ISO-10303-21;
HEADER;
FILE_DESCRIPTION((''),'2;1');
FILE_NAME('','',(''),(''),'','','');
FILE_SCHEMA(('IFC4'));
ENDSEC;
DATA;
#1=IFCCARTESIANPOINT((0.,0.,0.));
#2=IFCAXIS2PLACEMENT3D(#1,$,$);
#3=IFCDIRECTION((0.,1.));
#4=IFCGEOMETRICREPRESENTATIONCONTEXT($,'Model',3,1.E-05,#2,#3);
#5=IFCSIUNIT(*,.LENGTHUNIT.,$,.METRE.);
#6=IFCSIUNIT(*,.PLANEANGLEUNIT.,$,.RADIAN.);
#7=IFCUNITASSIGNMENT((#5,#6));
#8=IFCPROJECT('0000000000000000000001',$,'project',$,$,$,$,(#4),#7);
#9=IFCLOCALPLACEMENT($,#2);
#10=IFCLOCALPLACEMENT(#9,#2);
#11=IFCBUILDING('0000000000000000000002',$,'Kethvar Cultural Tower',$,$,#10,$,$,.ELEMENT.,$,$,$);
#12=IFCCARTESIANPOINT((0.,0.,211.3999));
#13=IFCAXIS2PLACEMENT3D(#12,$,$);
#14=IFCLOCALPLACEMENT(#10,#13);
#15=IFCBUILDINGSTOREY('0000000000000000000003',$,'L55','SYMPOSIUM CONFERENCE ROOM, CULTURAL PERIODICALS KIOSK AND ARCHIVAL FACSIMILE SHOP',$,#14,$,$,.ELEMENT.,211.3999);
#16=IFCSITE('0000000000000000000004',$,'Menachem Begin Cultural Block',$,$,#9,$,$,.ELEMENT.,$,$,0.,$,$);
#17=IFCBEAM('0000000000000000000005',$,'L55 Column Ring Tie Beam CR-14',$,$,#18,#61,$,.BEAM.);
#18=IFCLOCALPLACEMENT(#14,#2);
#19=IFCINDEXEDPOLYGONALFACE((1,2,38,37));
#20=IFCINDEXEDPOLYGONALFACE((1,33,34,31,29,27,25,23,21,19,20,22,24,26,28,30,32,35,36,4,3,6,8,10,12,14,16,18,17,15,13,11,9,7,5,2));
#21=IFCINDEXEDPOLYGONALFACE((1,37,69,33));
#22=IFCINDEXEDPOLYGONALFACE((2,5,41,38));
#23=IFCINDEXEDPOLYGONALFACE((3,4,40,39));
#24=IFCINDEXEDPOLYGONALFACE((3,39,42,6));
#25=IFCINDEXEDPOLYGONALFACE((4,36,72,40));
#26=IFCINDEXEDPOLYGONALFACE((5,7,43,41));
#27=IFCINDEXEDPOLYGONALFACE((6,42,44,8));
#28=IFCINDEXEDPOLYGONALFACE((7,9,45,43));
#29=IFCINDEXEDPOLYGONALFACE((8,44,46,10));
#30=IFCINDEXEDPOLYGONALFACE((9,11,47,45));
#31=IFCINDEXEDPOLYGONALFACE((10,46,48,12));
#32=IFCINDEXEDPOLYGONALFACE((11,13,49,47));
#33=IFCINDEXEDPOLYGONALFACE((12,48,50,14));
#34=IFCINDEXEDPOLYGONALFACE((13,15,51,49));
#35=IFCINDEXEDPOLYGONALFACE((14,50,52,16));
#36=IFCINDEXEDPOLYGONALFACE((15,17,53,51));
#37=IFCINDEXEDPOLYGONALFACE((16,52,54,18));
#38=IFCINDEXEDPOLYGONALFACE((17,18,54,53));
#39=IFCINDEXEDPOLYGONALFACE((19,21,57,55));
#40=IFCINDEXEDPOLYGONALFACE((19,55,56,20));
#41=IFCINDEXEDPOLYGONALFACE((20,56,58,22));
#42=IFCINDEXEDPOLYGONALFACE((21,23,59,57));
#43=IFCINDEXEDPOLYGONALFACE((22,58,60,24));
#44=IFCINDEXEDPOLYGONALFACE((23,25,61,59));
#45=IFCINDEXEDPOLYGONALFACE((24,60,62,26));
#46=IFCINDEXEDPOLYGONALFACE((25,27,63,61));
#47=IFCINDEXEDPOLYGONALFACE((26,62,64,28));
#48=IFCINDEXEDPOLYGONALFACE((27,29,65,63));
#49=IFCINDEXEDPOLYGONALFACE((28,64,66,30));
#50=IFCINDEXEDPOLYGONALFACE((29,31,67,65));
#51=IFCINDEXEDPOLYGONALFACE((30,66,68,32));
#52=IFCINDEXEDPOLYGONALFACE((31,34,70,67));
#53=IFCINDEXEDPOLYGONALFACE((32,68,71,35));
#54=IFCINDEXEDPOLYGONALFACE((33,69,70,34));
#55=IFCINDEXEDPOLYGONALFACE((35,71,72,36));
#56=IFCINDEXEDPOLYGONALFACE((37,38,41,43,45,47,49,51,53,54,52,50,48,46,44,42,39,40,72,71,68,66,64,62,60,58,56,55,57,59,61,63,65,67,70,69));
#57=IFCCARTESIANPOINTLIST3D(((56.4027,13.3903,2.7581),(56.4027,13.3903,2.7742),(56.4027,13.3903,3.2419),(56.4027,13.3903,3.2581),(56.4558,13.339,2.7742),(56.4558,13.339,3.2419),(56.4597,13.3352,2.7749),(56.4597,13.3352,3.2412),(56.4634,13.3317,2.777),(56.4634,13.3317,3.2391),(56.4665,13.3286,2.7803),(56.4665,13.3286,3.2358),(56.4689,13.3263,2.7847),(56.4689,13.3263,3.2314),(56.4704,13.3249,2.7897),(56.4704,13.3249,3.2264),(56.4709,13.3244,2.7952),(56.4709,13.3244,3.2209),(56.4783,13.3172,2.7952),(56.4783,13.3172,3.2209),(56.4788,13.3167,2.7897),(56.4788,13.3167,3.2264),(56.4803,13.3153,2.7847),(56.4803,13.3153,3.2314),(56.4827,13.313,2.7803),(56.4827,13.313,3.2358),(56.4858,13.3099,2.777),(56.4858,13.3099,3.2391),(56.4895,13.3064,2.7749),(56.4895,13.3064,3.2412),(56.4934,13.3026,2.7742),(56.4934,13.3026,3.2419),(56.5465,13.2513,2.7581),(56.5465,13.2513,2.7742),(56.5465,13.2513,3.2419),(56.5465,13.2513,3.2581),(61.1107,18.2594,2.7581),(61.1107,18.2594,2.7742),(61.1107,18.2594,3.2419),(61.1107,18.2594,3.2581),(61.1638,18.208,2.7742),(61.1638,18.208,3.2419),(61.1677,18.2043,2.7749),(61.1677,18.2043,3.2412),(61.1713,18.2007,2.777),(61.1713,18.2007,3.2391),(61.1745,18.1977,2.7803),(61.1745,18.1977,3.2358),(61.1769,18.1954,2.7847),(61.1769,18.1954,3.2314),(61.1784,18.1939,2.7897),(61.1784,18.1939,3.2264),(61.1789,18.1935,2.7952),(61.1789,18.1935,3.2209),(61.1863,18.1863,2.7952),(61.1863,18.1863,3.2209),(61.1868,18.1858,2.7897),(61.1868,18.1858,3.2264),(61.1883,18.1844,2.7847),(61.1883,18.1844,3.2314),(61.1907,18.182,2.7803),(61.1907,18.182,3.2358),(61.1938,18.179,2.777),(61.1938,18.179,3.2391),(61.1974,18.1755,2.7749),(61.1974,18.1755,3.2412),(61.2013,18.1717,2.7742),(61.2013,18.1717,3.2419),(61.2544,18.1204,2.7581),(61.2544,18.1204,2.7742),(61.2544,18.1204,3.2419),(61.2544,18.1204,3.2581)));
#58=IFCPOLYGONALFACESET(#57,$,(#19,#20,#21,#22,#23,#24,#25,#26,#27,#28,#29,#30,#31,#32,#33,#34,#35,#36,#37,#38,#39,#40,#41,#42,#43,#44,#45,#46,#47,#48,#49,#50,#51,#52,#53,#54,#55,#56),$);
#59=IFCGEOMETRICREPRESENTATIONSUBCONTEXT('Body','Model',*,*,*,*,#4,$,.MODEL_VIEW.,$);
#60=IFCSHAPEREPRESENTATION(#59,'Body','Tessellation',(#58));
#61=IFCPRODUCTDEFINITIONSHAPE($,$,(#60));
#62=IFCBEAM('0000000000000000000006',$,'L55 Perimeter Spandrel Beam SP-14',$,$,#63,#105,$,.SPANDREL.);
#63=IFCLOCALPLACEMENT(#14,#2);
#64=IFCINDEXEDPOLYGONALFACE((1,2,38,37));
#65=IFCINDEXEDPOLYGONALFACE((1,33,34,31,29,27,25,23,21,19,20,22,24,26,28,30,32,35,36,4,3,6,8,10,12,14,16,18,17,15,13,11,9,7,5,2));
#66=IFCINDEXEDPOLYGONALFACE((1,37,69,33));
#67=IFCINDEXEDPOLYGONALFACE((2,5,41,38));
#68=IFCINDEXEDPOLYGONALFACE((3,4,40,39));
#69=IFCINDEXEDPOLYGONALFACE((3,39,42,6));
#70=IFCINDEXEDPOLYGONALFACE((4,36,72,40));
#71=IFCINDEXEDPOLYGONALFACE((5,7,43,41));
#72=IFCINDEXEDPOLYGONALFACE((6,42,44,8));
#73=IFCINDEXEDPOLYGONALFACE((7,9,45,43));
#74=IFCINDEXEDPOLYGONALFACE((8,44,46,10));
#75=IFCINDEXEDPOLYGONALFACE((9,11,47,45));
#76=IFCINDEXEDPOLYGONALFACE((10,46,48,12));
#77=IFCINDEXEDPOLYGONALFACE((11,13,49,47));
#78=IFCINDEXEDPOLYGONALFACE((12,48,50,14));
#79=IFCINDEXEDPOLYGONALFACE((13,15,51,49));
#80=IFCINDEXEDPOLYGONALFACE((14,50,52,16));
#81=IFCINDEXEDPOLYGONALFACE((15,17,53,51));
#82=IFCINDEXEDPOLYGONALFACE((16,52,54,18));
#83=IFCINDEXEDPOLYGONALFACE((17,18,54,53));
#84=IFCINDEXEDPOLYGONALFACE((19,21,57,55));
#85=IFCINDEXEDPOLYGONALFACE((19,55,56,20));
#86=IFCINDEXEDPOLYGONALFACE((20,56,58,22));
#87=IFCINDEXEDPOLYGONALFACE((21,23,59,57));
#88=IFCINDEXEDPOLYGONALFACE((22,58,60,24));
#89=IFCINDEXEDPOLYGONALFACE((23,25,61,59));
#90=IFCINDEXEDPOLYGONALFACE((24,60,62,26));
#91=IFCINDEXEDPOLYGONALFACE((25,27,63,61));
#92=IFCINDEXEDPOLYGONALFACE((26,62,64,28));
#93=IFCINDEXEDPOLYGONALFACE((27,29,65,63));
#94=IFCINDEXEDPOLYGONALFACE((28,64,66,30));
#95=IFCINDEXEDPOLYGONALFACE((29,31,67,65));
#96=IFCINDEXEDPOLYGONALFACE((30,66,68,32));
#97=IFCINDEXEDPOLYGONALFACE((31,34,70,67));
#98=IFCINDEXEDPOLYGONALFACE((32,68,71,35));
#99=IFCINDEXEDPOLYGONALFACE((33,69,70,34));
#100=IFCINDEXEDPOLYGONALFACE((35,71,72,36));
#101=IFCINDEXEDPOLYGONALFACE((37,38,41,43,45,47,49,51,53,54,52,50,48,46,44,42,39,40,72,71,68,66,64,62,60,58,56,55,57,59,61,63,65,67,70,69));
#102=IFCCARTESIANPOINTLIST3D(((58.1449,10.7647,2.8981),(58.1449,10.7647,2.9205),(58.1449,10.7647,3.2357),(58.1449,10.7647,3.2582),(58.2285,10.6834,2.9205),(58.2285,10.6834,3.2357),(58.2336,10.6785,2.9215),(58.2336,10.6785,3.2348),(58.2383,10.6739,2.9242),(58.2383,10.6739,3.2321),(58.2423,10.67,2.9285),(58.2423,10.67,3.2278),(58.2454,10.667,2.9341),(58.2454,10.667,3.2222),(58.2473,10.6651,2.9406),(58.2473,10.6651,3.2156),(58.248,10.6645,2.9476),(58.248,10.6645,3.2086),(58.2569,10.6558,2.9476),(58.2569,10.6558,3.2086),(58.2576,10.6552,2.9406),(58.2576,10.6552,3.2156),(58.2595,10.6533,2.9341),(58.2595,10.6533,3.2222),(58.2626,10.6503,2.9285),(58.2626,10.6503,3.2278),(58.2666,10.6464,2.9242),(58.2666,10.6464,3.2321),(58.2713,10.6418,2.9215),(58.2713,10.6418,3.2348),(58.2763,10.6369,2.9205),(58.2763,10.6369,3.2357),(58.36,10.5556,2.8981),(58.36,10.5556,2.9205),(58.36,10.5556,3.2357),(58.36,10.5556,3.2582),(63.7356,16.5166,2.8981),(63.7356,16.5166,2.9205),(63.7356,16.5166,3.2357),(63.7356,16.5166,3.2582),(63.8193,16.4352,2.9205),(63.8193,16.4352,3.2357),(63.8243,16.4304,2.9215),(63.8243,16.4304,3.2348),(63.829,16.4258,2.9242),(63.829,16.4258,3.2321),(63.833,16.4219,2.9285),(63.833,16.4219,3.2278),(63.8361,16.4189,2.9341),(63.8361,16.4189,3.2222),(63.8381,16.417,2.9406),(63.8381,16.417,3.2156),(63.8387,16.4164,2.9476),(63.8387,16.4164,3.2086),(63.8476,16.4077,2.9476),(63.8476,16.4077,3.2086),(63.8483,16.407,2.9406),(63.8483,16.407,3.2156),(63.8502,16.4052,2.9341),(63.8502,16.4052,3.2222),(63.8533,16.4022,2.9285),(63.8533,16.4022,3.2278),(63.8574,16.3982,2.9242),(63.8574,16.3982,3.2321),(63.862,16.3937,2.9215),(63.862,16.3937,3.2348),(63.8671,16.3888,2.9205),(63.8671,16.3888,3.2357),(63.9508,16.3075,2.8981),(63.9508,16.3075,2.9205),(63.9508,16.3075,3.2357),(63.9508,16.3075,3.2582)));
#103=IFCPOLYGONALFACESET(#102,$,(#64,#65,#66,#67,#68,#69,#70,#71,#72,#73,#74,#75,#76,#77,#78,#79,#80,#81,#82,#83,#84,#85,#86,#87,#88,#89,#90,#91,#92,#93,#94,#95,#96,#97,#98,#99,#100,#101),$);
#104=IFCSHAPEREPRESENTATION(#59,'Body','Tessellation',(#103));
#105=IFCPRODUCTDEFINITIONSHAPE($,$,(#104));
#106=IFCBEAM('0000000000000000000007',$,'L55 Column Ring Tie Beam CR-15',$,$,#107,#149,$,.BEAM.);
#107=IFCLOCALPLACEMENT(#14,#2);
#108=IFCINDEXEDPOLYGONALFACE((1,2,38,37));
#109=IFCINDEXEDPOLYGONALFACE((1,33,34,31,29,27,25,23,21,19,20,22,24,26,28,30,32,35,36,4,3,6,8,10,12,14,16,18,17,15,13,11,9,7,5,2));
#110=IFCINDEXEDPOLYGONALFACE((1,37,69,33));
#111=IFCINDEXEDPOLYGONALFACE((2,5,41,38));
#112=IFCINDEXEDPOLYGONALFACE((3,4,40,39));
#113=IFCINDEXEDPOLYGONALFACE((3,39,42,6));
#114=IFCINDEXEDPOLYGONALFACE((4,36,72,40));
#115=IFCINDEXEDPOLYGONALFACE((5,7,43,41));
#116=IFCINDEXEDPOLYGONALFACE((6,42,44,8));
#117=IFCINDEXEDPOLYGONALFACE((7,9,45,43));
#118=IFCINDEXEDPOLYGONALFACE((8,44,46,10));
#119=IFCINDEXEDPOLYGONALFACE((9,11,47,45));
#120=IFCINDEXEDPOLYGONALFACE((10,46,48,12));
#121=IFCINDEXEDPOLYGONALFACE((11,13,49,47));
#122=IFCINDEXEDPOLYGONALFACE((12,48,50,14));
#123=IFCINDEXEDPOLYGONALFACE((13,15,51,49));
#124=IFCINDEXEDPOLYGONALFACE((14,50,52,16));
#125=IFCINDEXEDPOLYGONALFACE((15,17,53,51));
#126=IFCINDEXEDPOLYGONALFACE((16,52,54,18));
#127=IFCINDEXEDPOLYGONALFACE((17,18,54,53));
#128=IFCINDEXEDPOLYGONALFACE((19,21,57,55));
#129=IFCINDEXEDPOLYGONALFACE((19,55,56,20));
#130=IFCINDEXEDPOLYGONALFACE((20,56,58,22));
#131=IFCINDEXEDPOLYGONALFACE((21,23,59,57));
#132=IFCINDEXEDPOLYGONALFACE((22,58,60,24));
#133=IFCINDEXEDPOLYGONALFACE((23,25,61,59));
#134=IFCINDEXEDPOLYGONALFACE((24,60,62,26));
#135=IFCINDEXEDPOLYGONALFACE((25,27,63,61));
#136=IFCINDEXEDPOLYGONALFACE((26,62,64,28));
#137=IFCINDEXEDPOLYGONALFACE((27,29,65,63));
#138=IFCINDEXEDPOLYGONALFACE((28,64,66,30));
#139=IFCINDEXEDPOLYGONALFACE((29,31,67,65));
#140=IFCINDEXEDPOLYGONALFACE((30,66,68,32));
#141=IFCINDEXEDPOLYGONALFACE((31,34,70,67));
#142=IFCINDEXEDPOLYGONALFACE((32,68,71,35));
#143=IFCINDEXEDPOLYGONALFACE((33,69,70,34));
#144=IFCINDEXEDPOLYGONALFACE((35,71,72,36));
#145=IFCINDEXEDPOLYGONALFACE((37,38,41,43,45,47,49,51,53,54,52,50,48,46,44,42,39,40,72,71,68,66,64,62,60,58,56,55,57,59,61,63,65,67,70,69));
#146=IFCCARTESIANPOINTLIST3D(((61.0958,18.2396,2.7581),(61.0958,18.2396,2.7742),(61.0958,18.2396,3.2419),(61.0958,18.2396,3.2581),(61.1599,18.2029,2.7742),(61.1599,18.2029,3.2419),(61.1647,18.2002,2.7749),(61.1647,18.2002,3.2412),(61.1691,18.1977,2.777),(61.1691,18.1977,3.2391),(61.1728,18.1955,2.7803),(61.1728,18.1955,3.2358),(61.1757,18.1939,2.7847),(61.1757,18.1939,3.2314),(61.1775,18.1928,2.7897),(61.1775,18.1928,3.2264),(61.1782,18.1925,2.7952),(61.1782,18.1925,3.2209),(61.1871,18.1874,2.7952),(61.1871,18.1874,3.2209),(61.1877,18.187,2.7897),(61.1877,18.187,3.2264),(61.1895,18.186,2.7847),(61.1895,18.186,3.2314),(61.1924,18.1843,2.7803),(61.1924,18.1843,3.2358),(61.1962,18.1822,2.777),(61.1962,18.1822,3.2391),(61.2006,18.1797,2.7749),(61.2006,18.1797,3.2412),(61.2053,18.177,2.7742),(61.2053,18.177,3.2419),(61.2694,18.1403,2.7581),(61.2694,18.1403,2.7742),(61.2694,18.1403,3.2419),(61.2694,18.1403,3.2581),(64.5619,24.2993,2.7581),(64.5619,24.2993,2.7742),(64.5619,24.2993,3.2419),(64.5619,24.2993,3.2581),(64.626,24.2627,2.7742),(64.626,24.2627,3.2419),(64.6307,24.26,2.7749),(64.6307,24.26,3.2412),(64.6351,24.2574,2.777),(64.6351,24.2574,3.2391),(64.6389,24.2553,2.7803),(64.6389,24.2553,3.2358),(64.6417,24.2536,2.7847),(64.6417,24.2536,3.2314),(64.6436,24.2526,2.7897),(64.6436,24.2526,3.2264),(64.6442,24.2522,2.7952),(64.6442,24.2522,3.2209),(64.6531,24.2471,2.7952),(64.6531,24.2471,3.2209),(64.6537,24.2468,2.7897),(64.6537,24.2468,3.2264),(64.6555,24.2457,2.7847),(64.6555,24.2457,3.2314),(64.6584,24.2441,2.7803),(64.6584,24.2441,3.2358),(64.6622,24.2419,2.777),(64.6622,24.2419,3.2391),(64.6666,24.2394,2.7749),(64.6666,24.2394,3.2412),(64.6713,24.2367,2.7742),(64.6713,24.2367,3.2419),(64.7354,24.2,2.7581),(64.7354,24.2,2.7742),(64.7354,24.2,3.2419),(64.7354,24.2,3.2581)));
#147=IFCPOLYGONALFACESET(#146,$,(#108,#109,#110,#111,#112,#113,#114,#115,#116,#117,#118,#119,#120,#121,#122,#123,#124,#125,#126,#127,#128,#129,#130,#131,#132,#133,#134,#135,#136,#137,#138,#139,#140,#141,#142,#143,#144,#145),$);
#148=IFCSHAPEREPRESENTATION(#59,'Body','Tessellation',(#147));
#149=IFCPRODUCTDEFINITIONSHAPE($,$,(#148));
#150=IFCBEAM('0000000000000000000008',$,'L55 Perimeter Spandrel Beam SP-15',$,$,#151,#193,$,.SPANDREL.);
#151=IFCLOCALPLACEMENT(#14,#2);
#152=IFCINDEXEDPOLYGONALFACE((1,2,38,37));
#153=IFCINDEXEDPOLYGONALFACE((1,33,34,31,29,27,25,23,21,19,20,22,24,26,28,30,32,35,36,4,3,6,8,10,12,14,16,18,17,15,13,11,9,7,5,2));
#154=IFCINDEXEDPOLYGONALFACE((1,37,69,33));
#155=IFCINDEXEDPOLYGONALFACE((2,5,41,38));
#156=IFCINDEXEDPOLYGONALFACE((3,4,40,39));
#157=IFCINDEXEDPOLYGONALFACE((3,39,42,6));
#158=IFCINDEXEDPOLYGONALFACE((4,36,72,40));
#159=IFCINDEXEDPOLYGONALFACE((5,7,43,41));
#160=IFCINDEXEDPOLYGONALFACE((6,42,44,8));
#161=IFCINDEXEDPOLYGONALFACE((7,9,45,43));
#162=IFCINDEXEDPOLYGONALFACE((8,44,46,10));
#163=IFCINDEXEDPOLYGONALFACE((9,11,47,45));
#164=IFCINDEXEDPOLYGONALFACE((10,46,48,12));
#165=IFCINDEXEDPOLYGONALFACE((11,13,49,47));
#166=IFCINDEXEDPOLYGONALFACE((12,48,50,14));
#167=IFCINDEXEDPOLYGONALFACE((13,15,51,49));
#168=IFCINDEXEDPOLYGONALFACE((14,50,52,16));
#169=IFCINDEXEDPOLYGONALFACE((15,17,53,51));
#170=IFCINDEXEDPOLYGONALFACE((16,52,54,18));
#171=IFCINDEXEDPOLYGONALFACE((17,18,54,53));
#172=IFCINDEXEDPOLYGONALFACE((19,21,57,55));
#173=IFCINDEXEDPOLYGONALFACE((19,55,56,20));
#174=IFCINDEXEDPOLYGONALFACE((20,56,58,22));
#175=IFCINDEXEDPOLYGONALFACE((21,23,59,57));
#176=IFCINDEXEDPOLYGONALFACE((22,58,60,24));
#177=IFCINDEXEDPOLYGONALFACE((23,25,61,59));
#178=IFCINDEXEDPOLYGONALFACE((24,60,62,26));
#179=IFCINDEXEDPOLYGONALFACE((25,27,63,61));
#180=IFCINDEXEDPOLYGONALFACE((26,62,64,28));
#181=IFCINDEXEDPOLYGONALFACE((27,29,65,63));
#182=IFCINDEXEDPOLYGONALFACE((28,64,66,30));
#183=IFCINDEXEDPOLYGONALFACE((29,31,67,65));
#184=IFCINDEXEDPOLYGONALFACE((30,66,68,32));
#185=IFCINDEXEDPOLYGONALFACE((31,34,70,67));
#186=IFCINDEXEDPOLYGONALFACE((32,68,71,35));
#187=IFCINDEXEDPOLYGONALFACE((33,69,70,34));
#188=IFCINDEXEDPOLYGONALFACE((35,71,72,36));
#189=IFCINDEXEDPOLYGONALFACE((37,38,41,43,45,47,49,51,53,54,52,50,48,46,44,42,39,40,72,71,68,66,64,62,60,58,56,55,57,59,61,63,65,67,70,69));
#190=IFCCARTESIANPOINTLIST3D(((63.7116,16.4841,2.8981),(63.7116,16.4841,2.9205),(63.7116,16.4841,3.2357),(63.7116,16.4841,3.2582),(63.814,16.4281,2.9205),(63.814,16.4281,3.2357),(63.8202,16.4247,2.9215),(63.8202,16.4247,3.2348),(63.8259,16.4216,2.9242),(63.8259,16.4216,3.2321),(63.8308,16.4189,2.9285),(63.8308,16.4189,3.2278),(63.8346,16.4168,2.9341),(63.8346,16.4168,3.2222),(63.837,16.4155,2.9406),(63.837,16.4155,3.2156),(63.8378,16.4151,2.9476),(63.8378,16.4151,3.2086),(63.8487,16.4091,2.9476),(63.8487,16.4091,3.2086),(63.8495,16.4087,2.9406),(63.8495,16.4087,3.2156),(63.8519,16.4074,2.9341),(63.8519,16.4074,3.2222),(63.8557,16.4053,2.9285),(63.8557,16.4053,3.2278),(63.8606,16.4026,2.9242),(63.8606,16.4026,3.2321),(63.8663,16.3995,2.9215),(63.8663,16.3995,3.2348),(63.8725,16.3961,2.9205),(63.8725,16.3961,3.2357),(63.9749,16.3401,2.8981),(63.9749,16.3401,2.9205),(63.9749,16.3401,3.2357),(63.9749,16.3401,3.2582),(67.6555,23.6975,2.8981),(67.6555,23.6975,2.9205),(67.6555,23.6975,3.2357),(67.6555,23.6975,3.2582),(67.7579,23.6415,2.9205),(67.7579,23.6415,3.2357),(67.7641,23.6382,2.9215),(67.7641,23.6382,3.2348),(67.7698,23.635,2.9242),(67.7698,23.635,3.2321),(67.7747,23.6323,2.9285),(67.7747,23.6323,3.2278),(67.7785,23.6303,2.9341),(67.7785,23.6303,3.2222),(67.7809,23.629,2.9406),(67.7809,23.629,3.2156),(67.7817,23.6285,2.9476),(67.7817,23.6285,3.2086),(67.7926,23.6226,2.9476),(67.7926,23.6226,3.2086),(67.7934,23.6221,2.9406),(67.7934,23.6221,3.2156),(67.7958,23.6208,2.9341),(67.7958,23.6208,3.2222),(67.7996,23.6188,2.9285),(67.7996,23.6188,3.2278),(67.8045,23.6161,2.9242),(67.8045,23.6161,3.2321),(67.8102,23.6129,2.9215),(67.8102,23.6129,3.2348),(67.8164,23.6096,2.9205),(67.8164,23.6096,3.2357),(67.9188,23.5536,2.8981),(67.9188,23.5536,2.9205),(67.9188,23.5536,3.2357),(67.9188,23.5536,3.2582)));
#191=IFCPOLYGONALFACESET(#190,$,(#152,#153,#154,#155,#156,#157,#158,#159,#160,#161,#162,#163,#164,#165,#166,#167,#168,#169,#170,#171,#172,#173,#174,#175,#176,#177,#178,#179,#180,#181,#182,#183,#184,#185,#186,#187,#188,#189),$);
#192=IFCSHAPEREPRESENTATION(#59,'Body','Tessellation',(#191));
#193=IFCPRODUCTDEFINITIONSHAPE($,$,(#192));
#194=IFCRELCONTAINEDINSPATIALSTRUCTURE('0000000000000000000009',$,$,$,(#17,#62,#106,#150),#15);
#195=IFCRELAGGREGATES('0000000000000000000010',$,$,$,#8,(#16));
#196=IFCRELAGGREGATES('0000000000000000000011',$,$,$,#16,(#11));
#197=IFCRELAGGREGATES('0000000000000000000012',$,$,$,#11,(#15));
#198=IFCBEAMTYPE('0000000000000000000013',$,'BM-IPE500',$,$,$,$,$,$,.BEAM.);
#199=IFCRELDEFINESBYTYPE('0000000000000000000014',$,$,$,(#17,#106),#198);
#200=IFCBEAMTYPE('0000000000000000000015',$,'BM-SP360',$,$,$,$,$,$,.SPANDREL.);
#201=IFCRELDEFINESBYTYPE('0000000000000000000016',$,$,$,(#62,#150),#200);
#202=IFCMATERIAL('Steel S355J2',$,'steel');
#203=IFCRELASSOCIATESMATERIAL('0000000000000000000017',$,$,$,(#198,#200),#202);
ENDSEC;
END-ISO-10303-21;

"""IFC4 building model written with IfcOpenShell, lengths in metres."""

from ifc_helpers import new_model, si_unit, direction, frame, origin, origin_2d, place, context, subcontext, project, spatial, i_section, extrude, source, transform, mapped, material, material_profile, profile_set, type_object, element, save


model = new_model("IFC4")

# Units and contexts
model_context = context("Model", 3, precision=1e-05, world=origin(), true_north=direction((0.0, 1.0)))
body_context = subcontext(model_context, "Body", "Model", "MODEL_VIEW")
ifc_project = project(units=[si_unit("LENGTHUNIT", "METRE"), si_unit("PLANEANGLEUNIT", "RADIAN")], contexts=[model_context])

# Site, building, storey
site_placement = place(None, origin())
site = spatial("IfcSite", under=ifc_project, at=site_placement, Name="Menachem Begin Cultural Block", CompositionType="ELEMENT", RefElevation=0.0)
building_placement = place(site_placement, origin())
building = spatial("IfcBuilding", under=site, at=building_placement, Name="Kethvar Cultural Tower", CompositionType="ELEMENT")
storey_placement = place(building_placement, frame((0.0, 0.0, 211.3999)))
storey = spatial("IfcBuildingStorey", under=building, at=storey_placement, Name="L55", Description="SYMPOSIUM CONFERENCE ROOM, CULTURAL PERIODICALS KIOSK AND ARCHIVAL FACSIMILE SHOP", CompositionType="ELEMENT", Elevation=211.3999)

# Beams
ifc_material_1 = material(Name="Steel S355J2", Category="steel")
ifc_material_profile_1 = material_profile(ifc_material_1, i_section(OverallWidth=0.2, OverallDepth=0.5, WebThickness=0.0103, FlangeThickness=0.0161, FilletRadius=0.021, at=origin_2d()), Name="Steel S355J2 — IPE500")
ifc_profile_set_1 = profile_set([ifc_material_profile_1], Name="Steel S355J2 — IPE500")
beam_type_1 = type_object("IfcBeamType", Name="BM-IPE500", PredefinedType="BEAM", material=ifc_profile_set_1)
shared_shape_1 = source(origin(), body_context, "Body", "SweptSolid", [
    extrude(i_section(OverallWidth=0.2, OverallDepth=0.5, WebThickness=0.0103, FlangeThickness=0.0161, FilletRadius=0.021, at=origin_2d()), origin(), (0.0, 0.0, 1.0), 6.7729),
])
beam_1_placement = place(storey_placement, frame((56.4746, 13.3208, 3.0081), z_axis=(0.695112, 0.718902, 0.0), x_axis=(-0.718902, 0.695112, 0.0)))
element("IfcBeam", 1, at=beam_1_placement, inside=storey, type_object=beam_type_1, Name="L55 Column Ring Tie Beam CR-14", PredefinedType="BEAM", context=body_context, shape_type="MappedRepresentation", body=[
    mapped(shared_shape_1, transform((0.0, 0.0, 0.0), scale=1.0)),
])
ifc_material_profile_2 = material_profile(ifc_material_1, i_section(OverallWidth=0.3, OverallDepth=0.3601, WebThickness=0.0125, FlangeThickness=0.0225, FilletRadius=0.0271, at=origin_2d()), Name="Steel S355J2 — HEB360")
ifc_profile_set_2 = profile_set([ifc_material_profile_2], Name="Steel S355J2 — HEB360")
beam_type_2 = type_object("IfcBeamType", Name="BM-SP360", PredefinedType="SPANDREL", material=ifc_profile_set_2)
shared_shape_2 = source(origin(), body_context, "Body", "SweptSolid", [
    extrude(i_section(OverallWidth=0.3, OverallDepth=0.3601, WebThickness=0.0125, FlangeThickness=0.0225, FilletRadius=0.0271, at=origin_2d()), origin(), (0.0, 0.0, 1.0), 8.0212),
])
beam_2_placement = place(storey_placement, frame((58.2524, 10.6602, 3.0781), z_axis=(0.696991, 0.717079, 0.0), x_axis=(-0.717079, 0.696991, 0.0)))
element("IfcBeam", 2, at=beam_2_placement, inside=storey, type_object=beam_type_2, Name="L55 Perimeter Spandrel Beam SP-14", PredefinedType="SPANDREL", context=body_context, shape_type="MappedRepresentation", body=[
    mapped(shared_shape_2, transform((0.0, 0.0, 0.0), scale=1.0)),
])
shared_shape_3 = source(origin(), body_context, "Body", "SweptSolid", [
    extrude(i_section(OverallWidth=0.2, OverallDepth=0.5, WebThickness=0.0103, FlangeThickness=0.0161, FilletRadius=0.021, at=origin_2d()), origin(), (0.0, 0.0, 1.0), 6.981),
])
beam_3_placement = place(storey_placement, frame((61.1826, 18.1899, 3.0081), z_axis=(0.496497, 0.868039, 0.0), x_axis=(-0.868039, 0.496497, 0.0)))
element("IfcBeam", 3, at=beam_3_placement, inside=storey, type_object=beam_type_1, Name="L55 Column Ring Tie Beam CR-15", PredefinedType="BEAM", context=body_context, shape_type="MappedRepresentation", body=[
    mapped(shared_shape_3, transform((0.0, 0.0, 0.0), scale=1.0)),
])
shared_shape_4 = source(origin(), body_context, "Body", "SweptSolid", [
    extrude(i_section(OverallWidth=0.3, OverallDepth=0.3601, WebThickness=0.0125, FlangeThickness=0.0225, FilletRadius=0.0271, at=origin_2d()), origin(), (0.0, 0.0, 1.0), 8.2212),
])
beam_4_placement = place(storey_placement, frame((63.8433, 16.4121, 3.0781), z_axis=(0.479722, 0.877421, 0.0), x_axis=(-0.877421, 0.479722, 0.0)))
element("IfcBeam", 4, at=beam_4_placement, inside=storey, type_object=beam_type_2, Name="L55 Perimeter Spandrel Beam SP-15", PredefinedType="SPANDREL", context=body_context, shape_type="MappedRepresentation", body=[
    mapped(shared_shape_4, transform((0.0, 0.0, 0.0), scale=1.0)),
])

save(model, "model.ifc")
